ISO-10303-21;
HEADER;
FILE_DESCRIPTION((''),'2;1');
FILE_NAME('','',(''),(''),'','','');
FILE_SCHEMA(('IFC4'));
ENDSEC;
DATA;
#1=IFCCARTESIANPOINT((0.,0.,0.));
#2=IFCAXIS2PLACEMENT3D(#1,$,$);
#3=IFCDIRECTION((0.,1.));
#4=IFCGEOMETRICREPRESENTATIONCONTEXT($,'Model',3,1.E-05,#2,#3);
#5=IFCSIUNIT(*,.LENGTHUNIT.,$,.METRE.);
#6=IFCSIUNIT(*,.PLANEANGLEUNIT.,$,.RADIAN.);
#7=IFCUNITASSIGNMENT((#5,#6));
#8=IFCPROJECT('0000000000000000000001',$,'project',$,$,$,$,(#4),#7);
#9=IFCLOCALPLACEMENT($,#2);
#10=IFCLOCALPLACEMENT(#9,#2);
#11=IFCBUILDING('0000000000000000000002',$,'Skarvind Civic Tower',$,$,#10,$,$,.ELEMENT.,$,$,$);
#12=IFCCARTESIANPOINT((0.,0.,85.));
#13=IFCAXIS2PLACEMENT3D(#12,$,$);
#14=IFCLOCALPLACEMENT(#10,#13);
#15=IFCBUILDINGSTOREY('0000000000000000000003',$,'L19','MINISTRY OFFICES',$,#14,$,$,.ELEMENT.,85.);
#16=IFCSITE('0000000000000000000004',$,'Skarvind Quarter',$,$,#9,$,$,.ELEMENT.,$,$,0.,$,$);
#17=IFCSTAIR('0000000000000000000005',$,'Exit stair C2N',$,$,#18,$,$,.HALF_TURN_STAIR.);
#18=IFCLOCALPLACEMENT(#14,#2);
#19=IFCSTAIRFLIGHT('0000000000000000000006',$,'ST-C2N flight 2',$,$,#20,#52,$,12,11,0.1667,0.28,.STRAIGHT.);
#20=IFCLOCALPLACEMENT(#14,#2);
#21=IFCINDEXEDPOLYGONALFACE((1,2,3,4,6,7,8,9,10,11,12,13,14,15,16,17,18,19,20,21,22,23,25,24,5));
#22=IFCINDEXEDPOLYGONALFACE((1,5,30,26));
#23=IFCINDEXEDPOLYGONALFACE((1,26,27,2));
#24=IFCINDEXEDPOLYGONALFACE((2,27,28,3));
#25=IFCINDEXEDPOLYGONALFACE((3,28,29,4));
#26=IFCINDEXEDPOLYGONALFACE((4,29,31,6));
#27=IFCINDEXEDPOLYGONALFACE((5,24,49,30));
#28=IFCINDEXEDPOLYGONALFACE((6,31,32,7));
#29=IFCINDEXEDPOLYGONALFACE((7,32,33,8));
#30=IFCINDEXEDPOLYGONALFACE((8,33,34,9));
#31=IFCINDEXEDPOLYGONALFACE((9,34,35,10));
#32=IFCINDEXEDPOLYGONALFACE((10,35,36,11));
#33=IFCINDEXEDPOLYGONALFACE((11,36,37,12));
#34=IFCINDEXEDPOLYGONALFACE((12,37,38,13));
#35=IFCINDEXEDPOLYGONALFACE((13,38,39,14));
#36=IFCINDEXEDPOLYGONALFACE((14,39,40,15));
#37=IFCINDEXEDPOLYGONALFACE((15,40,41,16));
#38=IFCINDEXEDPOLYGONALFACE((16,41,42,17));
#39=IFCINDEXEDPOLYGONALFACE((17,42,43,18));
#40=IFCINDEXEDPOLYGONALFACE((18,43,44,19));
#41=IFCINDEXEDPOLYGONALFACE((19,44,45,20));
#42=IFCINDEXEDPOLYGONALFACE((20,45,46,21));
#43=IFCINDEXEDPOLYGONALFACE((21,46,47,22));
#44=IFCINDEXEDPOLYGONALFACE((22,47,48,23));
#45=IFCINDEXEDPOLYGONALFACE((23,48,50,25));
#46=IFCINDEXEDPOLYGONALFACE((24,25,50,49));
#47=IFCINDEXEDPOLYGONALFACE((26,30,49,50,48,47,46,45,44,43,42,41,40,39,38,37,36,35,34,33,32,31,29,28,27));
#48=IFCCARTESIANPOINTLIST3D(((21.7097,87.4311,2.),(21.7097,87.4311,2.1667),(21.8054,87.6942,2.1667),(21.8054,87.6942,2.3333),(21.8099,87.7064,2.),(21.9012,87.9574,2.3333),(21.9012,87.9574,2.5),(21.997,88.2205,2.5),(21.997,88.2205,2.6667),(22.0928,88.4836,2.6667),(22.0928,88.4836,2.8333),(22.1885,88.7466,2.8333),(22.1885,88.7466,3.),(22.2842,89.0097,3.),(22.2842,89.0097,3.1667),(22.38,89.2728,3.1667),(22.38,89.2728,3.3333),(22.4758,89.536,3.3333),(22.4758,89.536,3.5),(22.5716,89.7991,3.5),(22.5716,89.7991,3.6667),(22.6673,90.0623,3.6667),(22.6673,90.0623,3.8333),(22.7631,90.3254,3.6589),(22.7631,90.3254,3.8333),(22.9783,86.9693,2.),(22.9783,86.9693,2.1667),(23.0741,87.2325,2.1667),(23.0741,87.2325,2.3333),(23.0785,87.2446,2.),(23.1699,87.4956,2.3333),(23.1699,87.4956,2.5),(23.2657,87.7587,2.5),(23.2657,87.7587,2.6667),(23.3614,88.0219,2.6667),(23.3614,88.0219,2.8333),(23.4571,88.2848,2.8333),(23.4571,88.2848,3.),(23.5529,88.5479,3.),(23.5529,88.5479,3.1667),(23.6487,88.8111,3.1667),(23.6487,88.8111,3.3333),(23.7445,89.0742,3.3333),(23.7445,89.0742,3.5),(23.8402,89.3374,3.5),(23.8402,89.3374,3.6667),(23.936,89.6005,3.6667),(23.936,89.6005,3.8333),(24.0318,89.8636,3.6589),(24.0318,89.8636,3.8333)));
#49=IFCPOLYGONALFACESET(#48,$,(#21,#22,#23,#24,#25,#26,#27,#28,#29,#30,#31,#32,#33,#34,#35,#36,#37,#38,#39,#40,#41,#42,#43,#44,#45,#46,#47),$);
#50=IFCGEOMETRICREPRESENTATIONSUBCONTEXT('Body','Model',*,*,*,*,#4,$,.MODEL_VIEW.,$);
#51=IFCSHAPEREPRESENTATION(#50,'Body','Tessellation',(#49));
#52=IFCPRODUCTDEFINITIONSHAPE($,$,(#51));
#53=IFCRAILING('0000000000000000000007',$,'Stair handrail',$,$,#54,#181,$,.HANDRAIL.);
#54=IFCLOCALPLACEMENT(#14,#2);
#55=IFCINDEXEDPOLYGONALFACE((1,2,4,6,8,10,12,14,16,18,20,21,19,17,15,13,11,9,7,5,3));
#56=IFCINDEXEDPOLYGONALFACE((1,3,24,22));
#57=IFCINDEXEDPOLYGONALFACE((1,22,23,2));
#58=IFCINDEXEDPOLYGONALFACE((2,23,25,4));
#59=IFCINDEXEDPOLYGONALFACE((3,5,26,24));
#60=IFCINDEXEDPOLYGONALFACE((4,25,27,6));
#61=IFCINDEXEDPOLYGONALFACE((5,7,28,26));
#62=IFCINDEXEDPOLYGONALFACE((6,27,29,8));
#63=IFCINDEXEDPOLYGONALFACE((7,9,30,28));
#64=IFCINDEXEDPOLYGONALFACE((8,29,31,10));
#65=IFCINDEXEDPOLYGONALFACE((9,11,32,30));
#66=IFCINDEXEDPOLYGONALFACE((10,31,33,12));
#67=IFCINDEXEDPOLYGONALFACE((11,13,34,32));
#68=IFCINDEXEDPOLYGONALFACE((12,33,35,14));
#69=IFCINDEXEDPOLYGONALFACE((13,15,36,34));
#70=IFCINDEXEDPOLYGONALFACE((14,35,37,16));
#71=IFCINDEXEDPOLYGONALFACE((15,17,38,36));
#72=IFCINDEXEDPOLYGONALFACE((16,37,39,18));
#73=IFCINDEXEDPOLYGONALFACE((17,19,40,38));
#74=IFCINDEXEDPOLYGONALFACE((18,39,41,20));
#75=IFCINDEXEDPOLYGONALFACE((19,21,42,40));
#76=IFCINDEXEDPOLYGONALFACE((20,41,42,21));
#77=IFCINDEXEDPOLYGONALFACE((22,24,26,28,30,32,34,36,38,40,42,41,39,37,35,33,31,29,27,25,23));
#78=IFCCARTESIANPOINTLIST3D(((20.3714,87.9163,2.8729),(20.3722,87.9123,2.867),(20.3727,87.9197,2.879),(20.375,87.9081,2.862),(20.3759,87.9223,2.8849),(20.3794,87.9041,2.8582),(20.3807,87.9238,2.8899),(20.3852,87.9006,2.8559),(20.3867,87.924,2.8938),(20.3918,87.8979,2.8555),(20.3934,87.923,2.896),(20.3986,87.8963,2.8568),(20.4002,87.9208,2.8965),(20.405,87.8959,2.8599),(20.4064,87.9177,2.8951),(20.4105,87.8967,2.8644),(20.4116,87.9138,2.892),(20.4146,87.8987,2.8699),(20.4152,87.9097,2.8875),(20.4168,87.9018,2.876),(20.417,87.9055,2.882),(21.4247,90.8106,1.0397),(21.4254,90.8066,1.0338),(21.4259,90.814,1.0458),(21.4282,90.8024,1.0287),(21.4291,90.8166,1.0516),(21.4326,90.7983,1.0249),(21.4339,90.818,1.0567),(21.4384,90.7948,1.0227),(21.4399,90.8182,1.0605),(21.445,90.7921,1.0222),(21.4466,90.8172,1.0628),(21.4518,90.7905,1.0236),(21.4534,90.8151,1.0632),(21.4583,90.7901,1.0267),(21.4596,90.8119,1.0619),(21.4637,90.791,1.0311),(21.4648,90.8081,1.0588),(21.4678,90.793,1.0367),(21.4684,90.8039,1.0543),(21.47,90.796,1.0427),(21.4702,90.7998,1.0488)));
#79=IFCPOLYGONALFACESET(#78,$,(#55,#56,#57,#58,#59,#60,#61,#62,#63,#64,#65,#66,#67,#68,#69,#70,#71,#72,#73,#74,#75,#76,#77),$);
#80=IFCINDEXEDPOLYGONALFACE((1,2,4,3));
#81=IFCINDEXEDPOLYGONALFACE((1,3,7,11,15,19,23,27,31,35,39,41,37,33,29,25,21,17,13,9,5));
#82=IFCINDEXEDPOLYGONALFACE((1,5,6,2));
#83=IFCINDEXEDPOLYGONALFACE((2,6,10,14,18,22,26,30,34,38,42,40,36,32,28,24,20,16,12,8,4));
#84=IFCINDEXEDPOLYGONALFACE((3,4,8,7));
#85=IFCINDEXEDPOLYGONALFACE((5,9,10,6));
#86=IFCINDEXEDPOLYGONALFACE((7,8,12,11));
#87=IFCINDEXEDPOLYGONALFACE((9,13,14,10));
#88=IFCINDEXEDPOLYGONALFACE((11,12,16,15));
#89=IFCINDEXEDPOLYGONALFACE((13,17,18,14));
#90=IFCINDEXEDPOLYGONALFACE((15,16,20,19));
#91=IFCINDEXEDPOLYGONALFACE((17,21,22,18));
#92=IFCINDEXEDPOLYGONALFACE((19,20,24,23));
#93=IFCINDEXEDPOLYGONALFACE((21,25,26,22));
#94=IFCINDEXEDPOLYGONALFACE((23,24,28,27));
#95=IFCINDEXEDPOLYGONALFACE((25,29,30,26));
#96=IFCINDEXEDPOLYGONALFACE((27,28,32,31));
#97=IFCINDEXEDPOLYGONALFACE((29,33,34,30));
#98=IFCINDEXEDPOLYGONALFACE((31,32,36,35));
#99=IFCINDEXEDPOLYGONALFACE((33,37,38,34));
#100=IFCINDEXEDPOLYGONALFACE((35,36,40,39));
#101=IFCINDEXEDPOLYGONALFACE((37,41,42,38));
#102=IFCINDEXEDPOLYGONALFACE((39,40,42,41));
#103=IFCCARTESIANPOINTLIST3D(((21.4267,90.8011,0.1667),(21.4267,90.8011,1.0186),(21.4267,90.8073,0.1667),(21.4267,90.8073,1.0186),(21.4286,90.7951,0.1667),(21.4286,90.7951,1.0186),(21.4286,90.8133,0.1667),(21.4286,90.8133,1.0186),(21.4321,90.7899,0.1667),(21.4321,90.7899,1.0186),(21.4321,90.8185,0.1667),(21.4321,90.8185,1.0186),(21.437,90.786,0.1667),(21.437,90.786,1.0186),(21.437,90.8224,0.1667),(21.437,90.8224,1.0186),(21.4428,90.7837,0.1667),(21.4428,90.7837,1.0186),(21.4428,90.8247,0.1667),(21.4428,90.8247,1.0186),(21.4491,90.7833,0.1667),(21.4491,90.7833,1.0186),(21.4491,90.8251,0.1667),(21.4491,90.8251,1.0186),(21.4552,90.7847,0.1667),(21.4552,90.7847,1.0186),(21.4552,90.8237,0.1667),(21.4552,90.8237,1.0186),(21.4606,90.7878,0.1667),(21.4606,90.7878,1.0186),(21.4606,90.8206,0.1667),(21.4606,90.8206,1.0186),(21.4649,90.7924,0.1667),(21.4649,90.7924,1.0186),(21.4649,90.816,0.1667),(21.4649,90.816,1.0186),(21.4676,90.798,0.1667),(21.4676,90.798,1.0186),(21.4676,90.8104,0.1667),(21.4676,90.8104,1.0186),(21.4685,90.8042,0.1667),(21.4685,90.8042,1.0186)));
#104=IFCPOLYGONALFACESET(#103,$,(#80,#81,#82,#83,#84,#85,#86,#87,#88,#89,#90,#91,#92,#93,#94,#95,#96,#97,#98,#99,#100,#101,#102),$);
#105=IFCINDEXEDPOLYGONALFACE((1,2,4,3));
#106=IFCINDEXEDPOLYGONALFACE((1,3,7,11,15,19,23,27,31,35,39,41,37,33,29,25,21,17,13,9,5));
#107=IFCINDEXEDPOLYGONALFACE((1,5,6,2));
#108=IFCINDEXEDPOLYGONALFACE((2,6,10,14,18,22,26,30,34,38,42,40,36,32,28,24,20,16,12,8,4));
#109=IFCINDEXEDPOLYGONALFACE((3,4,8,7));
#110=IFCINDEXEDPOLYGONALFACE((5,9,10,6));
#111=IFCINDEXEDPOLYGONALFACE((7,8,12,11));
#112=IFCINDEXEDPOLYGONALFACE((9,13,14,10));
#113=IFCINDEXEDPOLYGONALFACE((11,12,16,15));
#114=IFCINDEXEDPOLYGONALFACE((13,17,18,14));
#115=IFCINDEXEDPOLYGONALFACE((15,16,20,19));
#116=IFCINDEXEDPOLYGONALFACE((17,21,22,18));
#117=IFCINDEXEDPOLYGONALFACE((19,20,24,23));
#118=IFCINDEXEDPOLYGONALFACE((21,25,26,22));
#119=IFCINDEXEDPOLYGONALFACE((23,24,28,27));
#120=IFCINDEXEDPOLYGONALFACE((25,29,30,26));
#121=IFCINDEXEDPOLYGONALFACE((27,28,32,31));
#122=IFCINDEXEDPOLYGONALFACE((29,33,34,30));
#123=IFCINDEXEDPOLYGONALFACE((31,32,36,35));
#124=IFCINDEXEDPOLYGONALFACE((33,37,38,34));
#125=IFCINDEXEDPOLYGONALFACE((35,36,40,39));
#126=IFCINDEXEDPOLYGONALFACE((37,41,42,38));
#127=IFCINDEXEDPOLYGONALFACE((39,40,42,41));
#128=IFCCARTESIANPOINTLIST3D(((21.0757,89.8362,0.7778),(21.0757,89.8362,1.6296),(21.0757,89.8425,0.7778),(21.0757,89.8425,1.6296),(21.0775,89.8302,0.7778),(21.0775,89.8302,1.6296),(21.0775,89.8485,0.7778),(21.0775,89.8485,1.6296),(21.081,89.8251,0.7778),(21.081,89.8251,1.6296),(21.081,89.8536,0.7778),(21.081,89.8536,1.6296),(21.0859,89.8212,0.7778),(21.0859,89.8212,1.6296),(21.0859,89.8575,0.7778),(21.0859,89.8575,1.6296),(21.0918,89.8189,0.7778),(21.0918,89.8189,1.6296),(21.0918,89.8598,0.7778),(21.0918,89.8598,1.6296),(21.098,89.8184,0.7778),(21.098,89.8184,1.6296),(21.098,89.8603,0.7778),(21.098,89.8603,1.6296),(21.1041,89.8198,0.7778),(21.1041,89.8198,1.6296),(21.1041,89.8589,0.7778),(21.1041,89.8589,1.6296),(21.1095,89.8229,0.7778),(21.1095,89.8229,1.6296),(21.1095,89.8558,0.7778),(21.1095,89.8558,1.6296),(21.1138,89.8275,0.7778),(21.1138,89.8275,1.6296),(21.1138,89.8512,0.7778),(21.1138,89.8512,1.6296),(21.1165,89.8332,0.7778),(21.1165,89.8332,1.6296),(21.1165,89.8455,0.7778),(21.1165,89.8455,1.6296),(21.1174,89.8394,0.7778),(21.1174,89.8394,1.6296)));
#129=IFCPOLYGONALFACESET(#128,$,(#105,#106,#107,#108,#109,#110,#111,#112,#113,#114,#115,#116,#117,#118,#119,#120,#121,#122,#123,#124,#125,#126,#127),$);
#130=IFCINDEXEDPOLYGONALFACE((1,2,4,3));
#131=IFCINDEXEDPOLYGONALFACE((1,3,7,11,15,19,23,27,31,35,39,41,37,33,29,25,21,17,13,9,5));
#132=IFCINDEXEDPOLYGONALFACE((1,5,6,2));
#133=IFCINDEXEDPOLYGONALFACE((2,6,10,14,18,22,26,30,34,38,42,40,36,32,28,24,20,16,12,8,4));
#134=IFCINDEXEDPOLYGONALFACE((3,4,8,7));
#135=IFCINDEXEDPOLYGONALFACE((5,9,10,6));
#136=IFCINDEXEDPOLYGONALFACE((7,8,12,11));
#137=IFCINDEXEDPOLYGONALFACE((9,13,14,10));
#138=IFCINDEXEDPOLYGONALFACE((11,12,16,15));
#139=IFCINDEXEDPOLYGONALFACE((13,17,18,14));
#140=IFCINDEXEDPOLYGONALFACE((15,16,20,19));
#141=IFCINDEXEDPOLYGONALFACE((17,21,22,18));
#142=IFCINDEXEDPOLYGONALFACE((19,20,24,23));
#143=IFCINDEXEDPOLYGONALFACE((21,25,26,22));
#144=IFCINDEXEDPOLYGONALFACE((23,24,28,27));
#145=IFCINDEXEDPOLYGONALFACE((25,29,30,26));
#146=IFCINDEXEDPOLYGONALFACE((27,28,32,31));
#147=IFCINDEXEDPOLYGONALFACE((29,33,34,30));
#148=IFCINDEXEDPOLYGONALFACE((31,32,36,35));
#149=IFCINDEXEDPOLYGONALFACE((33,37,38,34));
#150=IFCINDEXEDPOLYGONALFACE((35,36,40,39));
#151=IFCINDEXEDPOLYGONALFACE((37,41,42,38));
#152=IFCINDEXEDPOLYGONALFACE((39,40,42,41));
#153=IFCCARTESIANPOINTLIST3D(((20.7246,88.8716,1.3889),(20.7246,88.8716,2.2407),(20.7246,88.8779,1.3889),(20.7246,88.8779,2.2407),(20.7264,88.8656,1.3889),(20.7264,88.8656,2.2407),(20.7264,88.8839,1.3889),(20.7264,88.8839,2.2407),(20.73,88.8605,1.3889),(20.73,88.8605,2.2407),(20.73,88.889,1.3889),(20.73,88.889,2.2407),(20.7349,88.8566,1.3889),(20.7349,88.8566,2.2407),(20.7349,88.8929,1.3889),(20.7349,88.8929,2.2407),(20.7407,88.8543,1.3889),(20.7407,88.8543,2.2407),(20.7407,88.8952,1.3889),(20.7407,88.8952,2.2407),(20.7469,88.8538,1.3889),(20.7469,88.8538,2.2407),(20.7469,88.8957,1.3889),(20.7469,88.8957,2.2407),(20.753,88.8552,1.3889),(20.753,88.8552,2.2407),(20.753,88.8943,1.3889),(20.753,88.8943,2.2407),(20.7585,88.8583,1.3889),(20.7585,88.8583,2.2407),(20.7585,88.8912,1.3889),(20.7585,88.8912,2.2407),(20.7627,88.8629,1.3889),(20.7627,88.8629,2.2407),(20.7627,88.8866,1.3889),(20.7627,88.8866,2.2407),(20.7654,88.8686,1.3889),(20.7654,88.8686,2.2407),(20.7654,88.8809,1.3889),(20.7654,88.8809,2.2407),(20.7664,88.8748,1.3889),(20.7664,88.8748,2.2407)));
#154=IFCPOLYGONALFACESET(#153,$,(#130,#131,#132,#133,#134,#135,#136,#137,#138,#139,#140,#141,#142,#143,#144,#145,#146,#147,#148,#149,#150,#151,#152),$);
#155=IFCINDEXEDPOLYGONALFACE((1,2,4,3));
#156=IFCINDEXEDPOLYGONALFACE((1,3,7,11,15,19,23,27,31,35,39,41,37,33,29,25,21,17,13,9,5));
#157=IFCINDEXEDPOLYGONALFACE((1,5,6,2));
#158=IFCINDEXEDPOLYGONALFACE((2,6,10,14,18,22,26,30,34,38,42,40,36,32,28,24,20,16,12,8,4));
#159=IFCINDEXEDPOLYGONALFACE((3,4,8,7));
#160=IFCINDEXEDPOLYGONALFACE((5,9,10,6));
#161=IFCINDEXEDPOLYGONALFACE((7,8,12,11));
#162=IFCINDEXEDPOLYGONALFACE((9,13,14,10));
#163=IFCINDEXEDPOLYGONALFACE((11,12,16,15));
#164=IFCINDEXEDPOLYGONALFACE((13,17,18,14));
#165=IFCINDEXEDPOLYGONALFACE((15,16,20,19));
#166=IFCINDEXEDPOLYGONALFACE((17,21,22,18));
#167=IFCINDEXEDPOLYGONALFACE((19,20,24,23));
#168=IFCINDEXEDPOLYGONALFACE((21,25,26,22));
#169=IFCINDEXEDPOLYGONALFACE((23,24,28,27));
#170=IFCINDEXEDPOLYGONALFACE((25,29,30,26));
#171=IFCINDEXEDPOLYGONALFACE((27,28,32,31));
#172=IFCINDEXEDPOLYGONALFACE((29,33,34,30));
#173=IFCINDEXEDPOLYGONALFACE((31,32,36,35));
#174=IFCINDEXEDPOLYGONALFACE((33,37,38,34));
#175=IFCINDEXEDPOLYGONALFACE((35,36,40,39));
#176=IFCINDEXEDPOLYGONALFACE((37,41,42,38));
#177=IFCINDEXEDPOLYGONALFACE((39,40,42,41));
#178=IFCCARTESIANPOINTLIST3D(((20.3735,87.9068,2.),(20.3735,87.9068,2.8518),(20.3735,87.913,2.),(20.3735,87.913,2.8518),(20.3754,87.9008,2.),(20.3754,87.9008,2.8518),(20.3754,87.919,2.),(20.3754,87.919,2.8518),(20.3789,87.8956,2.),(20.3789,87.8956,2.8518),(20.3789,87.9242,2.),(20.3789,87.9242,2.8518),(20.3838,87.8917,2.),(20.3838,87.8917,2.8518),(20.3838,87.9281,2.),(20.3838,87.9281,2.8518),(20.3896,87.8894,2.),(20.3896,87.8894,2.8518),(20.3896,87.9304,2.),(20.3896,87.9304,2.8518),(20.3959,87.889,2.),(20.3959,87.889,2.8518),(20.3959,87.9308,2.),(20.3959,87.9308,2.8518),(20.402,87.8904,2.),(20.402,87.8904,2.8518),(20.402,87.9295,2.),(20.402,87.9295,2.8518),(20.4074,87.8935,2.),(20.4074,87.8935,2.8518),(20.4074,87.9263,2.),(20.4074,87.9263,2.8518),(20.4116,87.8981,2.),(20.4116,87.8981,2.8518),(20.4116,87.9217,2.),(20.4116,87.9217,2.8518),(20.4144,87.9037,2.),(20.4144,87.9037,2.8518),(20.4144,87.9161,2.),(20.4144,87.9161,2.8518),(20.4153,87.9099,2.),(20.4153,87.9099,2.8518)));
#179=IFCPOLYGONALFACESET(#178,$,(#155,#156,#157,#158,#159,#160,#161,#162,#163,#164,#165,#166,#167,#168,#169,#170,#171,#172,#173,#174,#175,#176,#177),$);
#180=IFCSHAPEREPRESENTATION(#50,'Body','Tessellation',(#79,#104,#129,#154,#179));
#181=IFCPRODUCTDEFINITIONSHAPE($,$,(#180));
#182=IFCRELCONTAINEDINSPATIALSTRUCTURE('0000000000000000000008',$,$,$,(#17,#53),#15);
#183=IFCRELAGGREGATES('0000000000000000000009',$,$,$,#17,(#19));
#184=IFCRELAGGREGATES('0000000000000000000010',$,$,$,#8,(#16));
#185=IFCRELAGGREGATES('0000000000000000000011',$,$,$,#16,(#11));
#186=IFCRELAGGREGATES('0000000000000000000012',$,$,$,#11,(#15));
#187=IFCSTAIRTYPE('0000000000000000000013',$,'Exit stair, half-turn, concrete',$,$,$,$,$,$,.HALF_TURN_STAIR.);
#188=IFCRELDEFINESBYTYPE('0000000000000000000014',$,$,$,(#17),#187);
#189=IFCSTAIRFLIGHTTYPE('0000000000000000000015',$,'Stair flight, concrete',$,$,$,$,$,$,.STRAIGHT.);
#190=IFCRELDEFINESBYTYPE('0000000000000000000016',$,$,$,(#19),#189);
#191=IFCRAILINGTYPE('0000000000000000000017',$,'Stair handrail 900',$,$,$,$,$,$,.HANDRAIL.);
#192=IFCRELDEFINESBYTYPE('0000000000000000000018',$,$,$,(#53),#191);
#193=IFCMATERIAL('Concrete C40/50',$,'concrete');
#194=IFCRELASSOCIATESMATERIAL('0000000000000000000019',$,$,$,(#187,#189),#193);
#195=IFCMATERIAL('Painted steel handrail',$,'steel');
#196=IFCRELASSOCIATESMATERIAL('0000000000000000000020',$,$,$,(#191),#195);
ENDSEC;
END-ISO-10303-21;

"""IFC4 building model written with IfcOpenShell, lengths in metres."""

from ifc_helpers import new_model, si_unit, direction, frame, origin, origin_2d, place, context, subcontext, project, spatial, polyline, circle, outline, extrude, material, type_object, element, aggregate, save


model = new_model("IFC4")

# Units and contexts
model_context = context("Model", 3, precision=1e-05, world=origin(), true_north=direction((0.0, 1.0)))
body_context = subcontext(model_context, "Body", "Model", "MODEL_VIEW")
ifc_project = project(units=[si_unit("LENGTHUNIT", "METRE"), si_unit("PLANEANGLEUNIT", "RADIAN")], contexts=[model_context])

# Site, building, storey
site_placement = place(None, origin())
site = spatial("IfcSite", under=ifc_project, at=site_placement, Name="Skarvind Quarter", CompositionType="ELEMENT", RefElevation=0.0)
building_placement = place(site_placement, origin())
building = spatial("IfcBuilding", under=site, at=building_placement, Name="Skarvind Civic Tower", CompositionType="ELEMENT")
storey_placement = place(building_placement, frame((0.0, 0.0, 85.0)))
storey = spatial("IfcBuildingStorey", under=building, at=storey_placement, Name="L19", Description="MINISTRY OFFICES", CompositionType="ELEMENT", Elevation=85.0)

# Stair, stair flight
ifc_material_1 = material(Name="Concrete C40/50", Category="concrete")
stair_type = type_object("IfcStairType", Name="Exit stair, half-turn, concrete", PredefinedType="HALF_TURN_STAIR", material=ifc_material_1)
stair_placement = place(storey_placement, origin())
stair = element("IfcStair", 1, at=stair_placement, inside=storey, type_object=stair_type, Name="Exit stair C2N", PredefinedType="HALF_TURN_STAIR")
stair_flight_type = type_object("IfcStairFlightType", Name="Stair flight, concrete", PredefinedType="STRAIGHT", material=ifc_material_1)
stair_flight_1_placement = place(storey_placement, frame((22.344, 87.2002, 2.0), z_axis=(0.0, 0.0, 1.0), x_axis=(0.34202, 0.939693, 0.0)))
stair_flight_1 = element("IfcStairFlight", 2, at=stair_flight_1_placement, type_object=stair_flight_type, Name="ST-C2N flight 2", NumberOfRisers=12, NumberOfTreads=11, PredefinedType="STRAIGHT", RiserHeight=0.1667, TreadLength=0.28, context=body_context, shape_type="SweptSolid", body=[
    extrude(outline(polyline([(0.0, 0.0), (0.0, 0.1667), (0.28, 0.1667), (0.28, 0.3333), (0.5601, 0.3333), (0.5601, 0.5), (0.8401, 0.5), (0.8401, 0.6667), (1.1201, 0.6667), (1.1201, 0.8333), (1.3999, 0.8333), (1.3999, 1.0), (1.6799, 1.0), (1.6799, 1.1667), (1.96, 1.1667), (1.96, 1.3333), (2.24, 1.3333), (2.24, 1.5), (2.52, 1.5), (2.52, 1.6667), (2.8, 1.6667), (2.8, 1.8333), (3.0801, 1.8333), (3.0801, 2.0), (3.0801, 1.6589), (0.293, 0.0), (0.0, 0.0)])), frame((0.0, 0.675, 0.0), z_axis=(0.0, -1.0, 0.0), x_axis=(1.0, 0.0, 0.0)), (0.0, 0.0, 1.0), 1.3501),
])
aggregate(stair, [stair_flight_1])

# Railing
ifc_material_2 = material(Name="Painted steel handrail", Category="steel")
railing_type = type_object("IfcRailingType", Name="Stair handrail 900", PredefinedType="HANDRAIL", material=ifc_material_2)
railing_1_placement = place(storey_placement, frame((21.4475, 90.8042, 0.1667)))
element("IfcRailing", 3, at=railing_1_placement, inside=storey, type_object=railing_type, Name="Stair handrail", PredefinedType="HANDRAIL", context=body_context, shape_type="SweptSolid", body=[
    extrude(circle(Radius=0.0239, at=origin_2d()), frame((0.0, 0.0, 0.876), z_axis=(-0.293846, -0.807497, 0.511472), x_axis=(0.939715, -0.341959, 0.0)), (0.0, 0.0, 1.0), 3.5842),
    extrude(circle(Radius=0.021, at=origin_2d()), origin(), (0.0, 0.0, 1.0), 0.8518),
    extrude(circle(Radius=0.021, at=origin_2d()), frame((-0.3511, -0.9648, 0.6111)), (0.0, 0.0, 1.0), 0.8518),
    extrude(circle(Radius=0.021, at=origin_2d()), frame((-0.7021, -1.9294, 1.2222)), (0.0, 0.0, 1.0), 0.8518),
    extrude(circle(Radius=0.021, at=origin_2d()), frame((-1.0532, -2.8943, 1.8333)), (0.0, 0.0, 1.0), 0.8518),
])

save(model, "model.ifc")
